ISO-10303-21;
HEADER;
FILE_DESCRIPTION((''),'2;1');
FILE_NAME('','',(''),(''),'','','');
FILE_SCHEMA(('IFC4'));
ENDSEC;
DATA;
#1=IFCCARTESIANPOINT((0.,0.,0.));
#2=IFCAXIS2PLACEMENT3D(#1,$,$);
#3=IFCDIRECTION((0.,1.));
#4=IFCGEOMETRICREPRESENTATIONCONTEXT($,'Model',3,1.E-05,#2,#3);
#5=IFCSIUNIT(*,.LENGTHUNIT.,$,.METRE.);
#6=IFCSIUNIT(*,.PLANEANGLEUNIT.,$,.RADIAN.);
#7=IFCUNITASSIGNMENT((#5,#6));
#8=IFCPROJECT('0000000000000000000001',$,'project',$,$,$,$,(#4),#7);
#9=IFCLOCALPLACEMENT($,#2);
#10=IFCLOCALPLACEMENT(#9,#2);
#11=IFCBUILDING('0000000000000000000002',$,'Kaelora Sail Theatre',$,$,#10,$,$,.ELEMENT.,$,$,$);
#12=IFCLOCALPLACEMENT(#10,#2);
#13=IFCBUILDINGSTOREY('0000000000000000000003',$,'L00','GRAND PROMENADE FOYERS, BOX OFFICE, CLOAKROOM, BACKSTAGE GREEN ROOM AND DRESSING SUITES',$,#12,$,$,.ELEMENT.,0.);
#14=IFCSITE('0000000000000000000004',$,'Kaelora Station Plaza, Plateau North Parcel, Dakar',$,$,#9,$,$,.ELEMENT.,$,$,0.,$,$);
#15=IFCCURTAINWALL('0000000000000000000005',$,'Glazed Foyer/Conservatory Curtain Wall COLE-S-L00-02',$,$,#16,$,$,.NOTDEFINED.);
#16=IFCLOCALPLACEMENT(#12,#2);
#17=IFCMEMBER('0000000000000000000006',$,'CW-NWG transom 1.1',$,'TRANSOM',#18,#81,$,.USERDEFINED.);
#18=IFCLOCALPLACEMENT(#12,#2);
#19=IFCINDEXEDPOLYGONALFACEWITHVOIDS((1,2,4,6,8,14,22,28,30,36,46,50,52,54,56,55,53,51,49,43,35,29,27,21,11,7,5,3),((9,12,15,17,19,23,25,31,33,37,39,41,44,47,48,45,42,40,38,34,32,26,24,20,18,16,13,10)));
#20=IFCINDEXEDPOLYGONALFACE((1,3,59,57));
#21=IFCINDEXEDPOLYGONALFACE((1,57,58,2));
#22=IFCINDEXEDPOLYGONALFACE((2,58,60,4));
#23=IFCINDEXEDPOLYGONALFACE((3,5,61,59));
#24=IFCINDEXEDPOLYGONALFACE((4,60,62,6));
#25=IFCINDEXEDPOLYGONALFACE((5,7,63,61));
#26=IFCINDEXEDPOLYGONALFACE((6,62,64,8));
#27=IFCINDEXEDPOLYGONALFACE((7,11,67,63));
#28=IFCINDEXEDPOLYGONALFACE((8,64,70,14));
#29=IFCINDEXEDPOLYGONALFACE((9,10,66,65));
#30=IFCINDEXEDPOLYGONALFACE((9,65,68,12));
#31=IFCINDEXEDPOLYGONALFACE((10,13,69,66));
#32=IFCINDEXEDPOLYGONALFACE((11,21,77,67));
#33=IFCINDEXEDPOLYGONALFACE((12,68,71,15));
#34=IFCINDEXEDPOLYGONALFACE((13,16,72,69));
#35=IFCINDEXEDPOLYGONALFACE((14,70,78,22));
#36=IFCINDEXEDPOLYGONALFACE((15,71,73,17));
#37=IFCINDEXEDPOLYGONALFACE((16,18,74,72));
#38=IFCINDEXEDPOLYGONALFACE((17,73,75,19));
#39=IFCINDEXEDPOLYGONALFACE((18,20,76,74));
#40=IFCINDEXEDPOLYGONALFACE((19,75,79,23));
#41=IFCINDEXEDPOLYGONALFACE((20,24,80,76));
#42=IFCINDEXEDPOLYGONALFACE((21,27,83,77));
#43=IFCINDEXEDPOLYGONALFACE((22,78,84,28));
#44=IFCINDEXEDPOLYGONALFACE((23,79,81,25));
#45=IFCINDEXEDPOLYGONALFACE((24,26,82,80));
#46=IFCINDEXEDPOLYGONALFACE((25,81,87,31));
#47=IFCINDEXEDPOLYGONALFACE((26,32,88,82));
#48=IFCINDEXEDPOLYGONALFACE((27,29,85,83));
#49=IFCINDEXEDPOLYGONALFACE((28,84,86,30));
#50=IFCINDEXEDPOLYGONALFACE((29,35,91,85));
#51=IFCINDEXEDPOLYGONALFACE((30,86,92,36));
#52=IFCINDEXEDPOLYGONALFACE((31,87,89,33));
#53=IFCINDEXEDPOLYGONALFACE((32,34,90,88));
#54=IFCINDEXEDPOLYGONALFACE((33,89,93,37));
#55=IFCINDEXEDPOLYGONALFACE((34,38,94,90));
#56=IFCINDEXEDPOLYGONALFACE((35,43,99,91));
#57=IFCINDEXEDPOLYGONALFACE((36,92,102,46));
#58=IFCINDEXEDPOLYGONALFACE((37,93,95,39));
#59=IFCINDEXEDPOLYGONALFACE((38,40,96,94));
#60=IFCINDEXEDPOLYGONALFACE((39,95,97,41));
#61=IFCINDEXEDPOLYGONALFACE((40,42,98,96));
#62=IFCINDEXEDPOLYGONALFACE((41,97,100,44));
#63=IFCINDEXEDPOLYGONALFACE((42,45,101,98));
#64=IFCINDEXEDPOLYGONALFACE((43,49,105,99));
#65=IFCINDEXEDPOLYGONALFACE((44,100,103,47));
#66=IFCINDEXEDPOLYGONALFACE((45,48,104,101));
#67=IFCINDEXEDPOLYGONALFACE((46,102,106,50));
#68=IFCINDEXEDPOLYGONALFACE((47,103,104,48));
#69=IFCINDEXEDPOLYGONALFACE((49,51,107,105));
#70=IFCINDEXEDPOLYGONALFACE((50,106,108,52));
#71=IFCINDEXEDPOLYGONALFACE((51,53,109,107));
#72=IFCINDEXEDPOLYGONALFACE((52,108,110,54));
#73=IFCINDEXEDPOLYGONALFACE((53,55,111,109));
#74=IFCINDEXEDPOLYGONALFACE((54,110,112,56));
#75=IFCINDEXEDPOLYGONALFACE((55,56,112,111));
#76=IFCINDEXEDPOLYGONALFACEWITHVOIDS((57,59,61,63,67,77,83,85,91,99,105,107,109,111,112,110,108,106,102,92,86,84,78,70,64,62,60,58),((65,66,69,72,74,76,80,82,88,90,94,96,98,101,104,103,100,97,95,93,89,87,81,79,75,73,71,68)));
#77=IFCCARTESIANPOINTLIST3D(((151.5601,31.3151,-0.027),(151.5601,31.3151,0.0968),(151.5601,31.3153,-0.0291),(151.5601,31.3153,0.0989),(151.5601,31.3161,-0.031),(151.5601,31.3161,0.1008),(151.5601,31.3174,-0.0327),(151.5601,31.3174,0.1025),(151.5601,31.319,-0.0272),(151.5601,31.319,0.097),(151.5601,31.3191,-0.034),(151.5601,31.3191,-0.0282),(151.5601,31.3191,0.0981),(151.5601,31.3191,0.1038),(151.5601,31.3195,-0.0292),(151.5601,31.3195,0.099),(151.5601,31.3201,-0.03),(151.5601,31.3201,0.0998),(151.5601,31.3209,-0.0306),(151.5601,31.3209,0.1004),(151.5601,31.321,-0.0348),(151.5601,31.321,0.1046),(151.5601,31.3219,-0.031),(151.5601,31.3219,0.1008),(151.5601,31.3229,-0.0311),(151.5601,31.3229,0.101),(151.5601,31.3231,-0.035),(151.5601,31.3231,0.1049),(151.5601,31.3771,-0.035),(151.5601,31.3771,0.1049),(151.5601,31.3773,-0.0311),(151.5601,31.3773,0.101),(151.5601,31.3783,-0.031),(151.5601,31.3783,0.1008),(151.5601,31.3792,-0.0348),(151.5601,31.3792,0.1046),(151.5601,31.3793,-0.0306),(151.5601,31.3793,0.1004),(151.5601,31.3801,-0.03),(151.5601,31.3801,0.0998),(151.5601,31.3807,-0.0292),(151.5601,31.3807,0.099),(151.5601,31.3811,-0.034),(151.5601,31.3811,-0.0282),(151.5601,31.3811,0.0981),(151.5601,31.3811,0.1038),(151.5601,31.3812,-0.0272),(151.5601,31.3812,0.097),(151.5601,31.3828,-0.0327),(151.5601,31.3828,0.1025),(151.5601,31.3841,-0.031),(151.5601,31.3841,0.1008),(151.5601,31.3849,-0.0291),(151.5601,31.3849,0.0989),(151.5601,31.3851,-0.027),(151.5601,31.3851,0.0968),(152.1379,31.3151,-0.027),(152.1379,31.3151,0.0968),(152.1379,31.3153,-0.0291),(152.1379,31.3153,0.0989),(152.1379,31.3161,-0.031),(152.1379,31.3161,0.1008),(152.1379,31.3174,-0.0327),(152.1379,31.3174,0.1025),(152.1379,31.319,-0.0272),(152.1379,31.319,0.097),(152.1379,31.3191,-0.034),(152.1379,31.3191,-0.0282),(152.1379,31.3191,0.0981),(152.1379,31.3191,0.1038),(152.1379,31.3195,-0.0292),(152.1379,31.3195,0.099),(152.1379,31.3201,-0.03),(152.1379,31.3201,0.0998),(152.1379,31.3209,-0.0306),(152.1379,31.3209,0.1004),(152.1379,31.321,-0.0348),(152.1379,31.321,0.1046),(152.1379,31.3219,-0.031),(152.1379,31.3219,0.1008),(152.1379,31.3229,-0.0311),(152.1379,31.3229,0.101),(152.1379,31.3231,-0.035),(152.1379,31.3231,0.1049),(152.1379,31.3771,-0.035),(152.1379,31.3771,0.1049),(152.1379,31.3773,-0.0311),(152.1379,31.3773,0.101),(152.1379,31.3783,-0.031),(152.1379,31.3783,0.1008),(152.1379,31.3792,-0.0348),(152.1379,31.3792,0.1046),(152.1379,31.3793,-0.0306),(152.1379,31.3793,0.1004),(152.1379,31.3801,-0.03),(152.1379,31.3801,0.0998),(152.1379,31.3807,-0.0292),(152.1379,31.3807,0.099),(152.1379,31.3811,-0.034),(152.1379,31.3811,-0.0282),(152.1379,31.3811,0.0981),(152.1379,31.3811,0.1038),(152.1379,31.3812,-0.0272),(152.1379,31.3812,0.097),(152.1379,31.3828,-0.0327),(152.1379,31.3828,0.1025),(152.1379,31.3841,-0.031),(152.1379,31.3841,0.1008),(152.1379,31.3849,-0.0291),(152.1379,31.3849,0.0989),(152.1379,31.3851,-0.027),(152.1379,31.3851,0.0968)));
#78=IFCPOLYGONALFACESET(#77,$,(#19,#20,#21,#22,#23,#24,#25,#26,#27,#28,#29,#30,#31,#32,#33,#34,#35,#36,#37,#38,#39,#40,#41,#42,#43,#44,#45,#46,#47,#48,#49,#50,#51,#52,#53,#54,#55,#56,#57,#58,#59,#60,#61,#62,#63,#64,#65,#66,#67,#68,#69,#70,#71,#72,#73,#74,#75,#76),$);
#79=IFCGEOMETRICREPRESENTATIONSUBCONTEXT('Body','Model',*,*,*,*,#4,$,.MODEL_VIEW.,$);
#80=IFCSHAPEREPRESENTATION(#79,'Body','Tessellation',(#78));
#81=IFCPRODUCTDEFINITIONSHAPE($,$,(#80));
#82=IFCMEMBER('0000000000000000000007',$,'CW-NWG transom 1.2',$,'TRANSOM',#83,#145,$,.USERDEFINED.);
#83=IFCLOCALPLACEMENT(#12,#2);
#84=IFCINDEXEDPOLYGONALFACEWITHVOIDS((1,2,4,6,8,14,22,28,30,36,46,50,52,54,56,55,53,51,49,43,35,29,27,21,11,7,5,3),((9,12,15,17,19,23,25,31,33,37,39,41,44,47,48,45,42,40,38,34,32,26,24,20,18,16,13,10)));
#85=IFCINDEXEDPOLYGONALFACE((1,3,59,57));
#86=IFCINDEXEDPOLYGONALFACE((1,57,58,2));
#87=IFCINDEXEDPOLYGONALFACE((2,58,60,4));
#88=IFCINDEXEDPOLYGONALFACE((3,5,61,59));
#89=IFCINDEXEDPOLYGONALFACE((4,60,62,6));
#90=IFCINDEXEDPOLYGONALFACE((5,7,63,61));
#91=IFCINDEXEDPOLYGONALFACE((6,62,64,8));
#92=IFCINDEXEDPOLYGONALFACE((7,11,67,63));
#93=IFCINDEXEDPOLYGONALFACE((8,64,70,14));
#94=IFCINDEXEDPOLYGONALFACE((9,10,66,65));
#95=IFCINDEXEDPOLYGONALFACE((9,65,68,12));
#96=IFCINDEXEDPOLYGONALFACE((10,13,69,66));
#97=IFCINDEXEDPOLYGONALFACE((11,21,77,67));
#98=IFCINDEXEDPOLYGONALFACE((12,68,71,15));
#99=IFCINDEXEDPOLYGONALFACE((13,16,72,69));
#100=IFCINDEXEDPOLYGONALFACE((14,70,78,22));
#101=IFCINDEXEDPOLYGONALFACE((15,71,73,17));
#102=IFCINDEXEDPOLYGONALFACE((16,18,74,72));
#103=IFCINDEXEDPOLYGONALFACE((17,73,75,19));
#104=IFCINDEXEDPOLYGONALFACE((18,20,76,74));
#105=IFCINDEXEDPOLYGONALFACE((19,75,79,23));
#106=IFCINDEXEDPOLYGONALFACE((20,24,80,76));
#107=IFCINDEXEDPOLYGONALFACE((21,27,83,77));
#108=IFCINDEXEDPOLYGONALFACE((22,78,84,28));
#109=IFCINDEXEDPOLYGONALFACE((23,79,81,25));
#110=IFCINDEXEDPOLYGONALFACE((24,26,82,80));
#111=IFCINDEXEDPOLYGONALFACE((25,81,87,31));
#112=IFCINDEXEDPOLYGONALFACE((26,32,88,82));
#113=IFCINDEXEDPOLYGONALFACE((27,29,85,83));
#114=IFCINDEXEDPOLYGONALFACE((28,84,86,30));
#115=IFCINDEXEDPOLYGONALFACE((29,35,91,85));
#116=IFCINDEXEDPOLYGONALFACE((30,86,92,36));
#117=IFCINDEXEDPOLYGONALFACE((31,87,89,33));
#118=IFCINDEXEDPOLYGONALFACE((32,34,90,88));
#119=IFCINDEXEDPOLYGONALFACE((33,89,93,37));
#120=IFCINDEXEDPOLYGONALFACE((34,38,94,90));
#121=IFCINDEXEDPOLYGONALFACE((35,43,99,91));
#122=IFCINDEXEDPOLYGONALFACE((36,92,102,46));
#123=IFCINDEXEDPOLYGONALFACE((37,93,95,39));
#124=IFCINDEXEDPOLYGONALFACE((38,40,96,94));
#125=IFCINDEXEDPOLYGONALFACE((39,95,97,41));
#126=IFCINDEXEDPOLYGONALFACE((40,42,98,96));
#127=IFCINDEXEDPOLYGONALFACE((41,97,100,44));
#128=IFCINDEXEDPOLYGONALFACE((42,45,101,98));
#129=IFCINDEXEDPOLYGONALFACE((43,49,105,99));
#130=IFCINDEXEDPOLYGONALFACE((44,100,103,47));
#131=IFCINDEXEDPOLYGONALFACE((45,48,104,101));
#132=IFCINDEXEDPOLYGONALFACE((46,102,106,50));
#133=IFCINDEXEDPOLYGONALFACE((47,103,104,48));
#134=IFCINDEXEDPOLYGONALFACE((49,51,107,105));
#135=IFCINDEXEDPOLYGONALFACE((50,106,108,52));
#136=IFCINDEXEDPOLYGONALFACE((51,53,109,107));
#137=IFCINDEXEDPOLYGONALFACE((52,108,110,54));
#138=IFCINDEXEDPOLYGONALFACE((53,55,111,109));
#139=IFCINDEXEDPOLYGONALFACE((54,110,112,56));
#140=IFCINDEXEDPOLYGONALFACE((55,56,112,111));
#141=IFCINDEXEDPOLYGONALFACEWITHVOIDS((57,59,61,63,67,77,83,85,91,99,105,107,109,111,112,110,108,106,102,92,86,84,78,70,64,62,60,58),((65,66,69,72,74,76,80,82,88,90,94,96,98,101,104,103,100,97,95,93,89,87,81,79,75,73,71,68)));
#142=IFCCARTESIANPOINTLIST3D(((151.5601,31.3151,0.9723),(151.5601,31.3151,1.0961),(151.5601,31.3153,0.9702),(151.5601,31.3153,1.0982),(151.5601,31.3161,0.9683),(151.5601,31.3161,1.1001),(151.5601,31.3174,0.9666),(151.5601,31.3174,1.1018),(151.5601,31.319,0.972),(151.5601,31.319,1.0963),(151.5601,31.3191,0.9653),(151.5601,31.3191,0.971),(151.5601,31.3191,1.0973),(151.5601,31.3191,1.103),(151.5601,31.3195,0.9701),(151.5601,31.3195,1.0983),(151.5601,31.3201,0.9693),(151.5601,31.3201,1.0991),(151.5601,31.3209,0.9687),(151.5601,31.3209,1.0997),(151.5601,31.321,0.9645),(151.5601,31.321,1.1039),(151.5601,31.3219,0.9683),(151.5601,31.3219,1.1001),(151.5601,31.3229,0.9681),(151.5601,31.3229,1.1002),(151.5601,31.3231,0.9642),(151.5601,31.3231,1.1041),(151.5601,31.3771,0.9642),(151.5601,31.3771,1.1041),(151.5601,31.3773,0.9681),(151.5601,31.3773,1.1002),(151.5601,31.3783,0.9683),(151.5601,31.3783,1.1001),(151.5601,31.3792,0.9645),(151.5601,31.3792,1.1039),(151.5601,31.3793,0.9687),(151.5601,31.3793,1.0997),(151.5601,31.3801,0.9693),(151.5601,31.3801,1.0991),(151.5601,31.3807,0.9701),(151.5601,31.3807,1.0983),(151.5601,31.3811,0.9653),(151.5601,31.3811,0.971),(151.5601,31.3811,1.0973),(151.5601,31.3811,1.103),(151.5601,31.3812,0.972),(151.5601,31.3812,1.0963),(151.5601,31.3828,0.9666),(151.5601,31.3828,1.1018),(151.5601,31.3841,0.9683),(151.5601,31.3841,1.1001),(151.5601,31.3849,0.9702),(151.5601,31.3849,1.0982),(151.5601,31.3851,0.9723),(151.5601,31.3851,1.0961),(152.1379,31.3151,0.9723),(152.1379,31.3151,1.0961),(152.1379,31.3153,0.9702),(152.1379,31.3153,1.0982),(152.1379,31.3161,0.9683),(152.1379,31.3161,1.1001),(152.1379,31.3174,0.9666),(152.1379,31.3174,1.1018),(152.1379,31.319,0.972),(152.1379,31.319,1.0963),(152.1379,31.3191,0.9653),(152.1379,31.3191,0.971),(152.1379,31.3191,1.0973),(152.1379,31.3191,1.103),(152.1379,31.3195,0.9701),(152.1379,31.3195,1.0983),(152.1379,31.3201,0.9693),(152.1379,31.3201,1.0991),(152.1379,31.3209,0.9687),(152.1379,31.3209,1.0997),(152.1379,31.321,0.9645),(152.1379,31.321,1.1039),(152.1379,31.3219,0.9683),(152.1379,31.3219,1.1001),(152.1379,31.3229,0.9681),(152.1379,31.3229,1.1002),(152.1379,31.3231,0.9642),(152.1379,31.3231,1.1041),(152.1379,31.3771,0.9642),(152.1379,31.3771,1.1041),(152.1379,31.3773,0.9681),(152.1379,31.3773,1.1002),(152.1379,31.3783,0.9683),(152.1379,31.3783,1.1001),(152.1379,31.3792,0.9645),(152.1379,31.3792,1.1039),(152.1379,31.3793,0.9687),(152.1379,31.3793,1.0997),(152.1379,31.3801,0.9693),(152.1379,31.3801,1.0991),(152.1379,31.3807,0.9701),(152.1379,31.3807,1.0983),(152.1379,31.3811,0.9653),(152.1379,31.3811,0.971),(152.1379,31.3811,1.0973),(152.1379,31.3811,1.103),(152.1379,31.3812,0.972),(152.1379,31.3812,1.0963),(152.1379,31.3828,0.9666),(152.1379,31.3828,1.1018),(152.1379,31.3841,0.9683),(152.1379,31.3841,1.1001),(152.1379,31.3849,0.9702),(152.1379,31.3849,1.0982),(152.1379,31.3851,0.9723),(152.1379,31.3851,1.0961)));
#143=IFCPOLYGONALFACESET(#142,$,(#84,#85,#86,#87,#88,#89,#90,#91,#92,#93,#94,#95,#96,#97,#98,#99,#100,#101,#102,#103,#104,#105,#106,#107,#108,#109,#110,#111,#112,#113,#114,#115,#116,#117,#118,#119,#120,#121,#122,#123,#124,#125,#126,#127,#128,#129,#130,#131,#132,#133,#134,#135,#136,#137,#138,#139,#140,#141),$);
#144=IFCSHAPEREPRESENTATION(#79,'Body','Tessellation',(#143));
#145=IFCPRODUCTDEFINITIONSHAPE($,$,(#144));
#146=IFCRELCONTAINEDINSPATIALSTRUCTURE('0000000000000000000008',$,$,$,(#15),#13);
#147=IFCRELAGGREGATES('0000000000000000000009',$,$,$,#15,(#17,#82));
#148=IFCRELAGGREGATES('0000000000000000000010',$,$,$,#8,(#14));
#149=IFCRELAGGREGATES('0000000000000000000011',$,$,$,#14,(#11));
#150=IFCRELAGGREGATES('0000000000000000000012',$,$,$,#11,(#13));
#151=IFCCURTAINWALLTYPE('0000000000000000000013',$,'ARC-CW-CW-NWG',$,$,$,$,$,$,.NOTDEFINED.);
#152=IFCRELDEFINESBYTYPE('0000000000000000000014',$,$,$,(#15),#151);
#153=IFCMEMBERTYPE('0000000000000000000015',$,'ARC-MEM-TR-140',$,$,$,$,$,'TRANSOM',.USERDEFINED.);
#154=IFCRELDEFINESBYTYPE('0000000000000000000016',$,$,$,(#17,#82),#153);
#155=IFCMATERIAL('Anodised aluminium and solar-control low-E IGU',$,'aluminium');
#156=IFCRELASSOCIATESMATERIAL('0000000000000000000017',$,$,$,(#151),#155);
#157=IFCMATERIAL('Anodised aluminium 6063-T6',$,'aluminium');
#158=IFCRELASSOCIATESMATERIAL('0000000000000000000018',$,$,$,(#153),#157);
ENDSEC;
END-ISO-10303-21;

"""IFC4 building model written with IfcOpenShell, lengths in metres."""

from ifc_helpers import new_model, si_unit, direction, frame, origin, origin_2d, place, context, subcontext, project, spatial, hollow_rectangle, extrude, material, material_profile, profile_set, type_object, element, aggregate, save


model = new_model("IFC4")

# Units and contexts
model_context = context("Model", 3, precision=1e-05, world=origin(), true_north=direction((0.0, 1.0)))
body_context = subcontext(model_context, "Body", "Model", "MODEL_VIEW")
ifc_project = project(units=[si_unit("LENGTHUNIT", "METRE"), si_unit("PLANEANGLEUNIT", "RADIAN")], contexts=[model_context])

# Site, building, storey
site_placement = place(None, origin())
site = spatial("IfcSite", under=ifc_project, at=site_placement, Name="Kaelora Station Plaza, Plateau North Parcel, Dakar", CompositionType="ELEMENT", RefElevation=0.0)
building_placement = place(site_placement, origin())
building = spatial("IfcBuilding", under=site, at=building_placement, Name="Kaelora Sail Theatre", CompositionType="ELEMENT")
storey_placement = place(building_placement, origin())
storey = spatial("IfcBuildingStorey", under=building, at=storey_placement, Name="L00", Description="GRAND PROMENADE FOYERS, BOX OFFICE, CLOAKROOM, BACKSTAGE GREEN ROOM AND DRESSING SUITES", CompositionType="ELEMENT", Elevation=0.0)

# Shared definitions
ifc_material_1 = material(Name="Anodised aluminium and solar-control low-E IGU", Category="aluminium")
curtain_wall_type = type_object("IfcCurtainWallType", Name="ARC-CW-CW-NWG", PredefinedType="NOTDEFINED", material=ifc_material_1)

# Curtain wall
curtain_wall_1_placement = place(storey_placement, origin())
curtain_wall_1 = element("IfcCurtainWall", 1, at=curtain_wall_1_placement, inside=storey, type_object=curtain_wall_type, Name="Glazed Foyer/Conservatory Curtain Wall COLE-S-L00-02", PredefinedType="NOTDEFINED")

# Members
ifc_material_2 = material(Name="Anodised aluminium 6063-T6", Category="aluminium")
ifc_material_profile_1 = material_profile(ifc_material_2, hollow_rectangle(XDim=0.0701, YDim=0.1399, WallThickness=0.0039, InnerFilletRadius=0.0039, OuterFilletRadius=0.0081, at=origin_2d()), Name="ALU-TRAN 70x140x4")
ifc_profile_set_1 = profile_set([ifc_material_profile_1], Name="Anodised aluminium 6063-T6")
member_type_1 = type_object("IfcMemberType", Name="ARC-MEM-TR-140", ElementType="TRANSOM", PredefinedType="USERDEFINED", material=ifc_profile_set_1)
member_1_placement = place(storey_placement, frame((151.5601, 31.3501, 0.0349), z_axis=(1.0, 0.0, 0.0), x_axis=(0.0, 1.0, 0.0)))
member_1 = element("IfcMember", 2, at=member_1_placement, type_object=member_type_1, Name="CW-NWG transom 1.1", ObjectType="TRANSOM", PredefinedType="USERDEFINED", context=body_context, shape_type="SweptSolid", body=[
    extrude(hollow_rectangle(XDim=0.0701, YDim=0.1399, WallThickness=0.0039, InnerFilletRadius=0.0039, OuterFilletRadius=0.0081, at=origin_2d()), origin(), (0.0, 0.0, 1.0), 0.5779),
])
member_2_placement = place(storey_placement, frame((151.5601, 31.3501, 1.0342), z_axis=(1.0, 0.0, 0.0), x_axis=(0.0, 1.0, 0.0)))
member_2 = element("IfcMember", 3, at=member_2_placement, type_object=member_type_1, Name="CW-NWG transom 1.2", ObjectType="TRANSOM", PredefinedType="USERDEFINED", context=body_context, shape_type="SweptSolid", body=[
    extrude(hollow_rectangle(XDim=0.0701, YDim=0.1399, WallThickness=0.0039, InnerFilletRadius=0.0039, OuterFilletRadius=0.0081, at=origin_2d()), origin(), (0.0, 0.0, 1.0), 0.5779),
])

aggregate(curtain_wall_1, [member_1, member_2])

save(model, "model.ifc")
